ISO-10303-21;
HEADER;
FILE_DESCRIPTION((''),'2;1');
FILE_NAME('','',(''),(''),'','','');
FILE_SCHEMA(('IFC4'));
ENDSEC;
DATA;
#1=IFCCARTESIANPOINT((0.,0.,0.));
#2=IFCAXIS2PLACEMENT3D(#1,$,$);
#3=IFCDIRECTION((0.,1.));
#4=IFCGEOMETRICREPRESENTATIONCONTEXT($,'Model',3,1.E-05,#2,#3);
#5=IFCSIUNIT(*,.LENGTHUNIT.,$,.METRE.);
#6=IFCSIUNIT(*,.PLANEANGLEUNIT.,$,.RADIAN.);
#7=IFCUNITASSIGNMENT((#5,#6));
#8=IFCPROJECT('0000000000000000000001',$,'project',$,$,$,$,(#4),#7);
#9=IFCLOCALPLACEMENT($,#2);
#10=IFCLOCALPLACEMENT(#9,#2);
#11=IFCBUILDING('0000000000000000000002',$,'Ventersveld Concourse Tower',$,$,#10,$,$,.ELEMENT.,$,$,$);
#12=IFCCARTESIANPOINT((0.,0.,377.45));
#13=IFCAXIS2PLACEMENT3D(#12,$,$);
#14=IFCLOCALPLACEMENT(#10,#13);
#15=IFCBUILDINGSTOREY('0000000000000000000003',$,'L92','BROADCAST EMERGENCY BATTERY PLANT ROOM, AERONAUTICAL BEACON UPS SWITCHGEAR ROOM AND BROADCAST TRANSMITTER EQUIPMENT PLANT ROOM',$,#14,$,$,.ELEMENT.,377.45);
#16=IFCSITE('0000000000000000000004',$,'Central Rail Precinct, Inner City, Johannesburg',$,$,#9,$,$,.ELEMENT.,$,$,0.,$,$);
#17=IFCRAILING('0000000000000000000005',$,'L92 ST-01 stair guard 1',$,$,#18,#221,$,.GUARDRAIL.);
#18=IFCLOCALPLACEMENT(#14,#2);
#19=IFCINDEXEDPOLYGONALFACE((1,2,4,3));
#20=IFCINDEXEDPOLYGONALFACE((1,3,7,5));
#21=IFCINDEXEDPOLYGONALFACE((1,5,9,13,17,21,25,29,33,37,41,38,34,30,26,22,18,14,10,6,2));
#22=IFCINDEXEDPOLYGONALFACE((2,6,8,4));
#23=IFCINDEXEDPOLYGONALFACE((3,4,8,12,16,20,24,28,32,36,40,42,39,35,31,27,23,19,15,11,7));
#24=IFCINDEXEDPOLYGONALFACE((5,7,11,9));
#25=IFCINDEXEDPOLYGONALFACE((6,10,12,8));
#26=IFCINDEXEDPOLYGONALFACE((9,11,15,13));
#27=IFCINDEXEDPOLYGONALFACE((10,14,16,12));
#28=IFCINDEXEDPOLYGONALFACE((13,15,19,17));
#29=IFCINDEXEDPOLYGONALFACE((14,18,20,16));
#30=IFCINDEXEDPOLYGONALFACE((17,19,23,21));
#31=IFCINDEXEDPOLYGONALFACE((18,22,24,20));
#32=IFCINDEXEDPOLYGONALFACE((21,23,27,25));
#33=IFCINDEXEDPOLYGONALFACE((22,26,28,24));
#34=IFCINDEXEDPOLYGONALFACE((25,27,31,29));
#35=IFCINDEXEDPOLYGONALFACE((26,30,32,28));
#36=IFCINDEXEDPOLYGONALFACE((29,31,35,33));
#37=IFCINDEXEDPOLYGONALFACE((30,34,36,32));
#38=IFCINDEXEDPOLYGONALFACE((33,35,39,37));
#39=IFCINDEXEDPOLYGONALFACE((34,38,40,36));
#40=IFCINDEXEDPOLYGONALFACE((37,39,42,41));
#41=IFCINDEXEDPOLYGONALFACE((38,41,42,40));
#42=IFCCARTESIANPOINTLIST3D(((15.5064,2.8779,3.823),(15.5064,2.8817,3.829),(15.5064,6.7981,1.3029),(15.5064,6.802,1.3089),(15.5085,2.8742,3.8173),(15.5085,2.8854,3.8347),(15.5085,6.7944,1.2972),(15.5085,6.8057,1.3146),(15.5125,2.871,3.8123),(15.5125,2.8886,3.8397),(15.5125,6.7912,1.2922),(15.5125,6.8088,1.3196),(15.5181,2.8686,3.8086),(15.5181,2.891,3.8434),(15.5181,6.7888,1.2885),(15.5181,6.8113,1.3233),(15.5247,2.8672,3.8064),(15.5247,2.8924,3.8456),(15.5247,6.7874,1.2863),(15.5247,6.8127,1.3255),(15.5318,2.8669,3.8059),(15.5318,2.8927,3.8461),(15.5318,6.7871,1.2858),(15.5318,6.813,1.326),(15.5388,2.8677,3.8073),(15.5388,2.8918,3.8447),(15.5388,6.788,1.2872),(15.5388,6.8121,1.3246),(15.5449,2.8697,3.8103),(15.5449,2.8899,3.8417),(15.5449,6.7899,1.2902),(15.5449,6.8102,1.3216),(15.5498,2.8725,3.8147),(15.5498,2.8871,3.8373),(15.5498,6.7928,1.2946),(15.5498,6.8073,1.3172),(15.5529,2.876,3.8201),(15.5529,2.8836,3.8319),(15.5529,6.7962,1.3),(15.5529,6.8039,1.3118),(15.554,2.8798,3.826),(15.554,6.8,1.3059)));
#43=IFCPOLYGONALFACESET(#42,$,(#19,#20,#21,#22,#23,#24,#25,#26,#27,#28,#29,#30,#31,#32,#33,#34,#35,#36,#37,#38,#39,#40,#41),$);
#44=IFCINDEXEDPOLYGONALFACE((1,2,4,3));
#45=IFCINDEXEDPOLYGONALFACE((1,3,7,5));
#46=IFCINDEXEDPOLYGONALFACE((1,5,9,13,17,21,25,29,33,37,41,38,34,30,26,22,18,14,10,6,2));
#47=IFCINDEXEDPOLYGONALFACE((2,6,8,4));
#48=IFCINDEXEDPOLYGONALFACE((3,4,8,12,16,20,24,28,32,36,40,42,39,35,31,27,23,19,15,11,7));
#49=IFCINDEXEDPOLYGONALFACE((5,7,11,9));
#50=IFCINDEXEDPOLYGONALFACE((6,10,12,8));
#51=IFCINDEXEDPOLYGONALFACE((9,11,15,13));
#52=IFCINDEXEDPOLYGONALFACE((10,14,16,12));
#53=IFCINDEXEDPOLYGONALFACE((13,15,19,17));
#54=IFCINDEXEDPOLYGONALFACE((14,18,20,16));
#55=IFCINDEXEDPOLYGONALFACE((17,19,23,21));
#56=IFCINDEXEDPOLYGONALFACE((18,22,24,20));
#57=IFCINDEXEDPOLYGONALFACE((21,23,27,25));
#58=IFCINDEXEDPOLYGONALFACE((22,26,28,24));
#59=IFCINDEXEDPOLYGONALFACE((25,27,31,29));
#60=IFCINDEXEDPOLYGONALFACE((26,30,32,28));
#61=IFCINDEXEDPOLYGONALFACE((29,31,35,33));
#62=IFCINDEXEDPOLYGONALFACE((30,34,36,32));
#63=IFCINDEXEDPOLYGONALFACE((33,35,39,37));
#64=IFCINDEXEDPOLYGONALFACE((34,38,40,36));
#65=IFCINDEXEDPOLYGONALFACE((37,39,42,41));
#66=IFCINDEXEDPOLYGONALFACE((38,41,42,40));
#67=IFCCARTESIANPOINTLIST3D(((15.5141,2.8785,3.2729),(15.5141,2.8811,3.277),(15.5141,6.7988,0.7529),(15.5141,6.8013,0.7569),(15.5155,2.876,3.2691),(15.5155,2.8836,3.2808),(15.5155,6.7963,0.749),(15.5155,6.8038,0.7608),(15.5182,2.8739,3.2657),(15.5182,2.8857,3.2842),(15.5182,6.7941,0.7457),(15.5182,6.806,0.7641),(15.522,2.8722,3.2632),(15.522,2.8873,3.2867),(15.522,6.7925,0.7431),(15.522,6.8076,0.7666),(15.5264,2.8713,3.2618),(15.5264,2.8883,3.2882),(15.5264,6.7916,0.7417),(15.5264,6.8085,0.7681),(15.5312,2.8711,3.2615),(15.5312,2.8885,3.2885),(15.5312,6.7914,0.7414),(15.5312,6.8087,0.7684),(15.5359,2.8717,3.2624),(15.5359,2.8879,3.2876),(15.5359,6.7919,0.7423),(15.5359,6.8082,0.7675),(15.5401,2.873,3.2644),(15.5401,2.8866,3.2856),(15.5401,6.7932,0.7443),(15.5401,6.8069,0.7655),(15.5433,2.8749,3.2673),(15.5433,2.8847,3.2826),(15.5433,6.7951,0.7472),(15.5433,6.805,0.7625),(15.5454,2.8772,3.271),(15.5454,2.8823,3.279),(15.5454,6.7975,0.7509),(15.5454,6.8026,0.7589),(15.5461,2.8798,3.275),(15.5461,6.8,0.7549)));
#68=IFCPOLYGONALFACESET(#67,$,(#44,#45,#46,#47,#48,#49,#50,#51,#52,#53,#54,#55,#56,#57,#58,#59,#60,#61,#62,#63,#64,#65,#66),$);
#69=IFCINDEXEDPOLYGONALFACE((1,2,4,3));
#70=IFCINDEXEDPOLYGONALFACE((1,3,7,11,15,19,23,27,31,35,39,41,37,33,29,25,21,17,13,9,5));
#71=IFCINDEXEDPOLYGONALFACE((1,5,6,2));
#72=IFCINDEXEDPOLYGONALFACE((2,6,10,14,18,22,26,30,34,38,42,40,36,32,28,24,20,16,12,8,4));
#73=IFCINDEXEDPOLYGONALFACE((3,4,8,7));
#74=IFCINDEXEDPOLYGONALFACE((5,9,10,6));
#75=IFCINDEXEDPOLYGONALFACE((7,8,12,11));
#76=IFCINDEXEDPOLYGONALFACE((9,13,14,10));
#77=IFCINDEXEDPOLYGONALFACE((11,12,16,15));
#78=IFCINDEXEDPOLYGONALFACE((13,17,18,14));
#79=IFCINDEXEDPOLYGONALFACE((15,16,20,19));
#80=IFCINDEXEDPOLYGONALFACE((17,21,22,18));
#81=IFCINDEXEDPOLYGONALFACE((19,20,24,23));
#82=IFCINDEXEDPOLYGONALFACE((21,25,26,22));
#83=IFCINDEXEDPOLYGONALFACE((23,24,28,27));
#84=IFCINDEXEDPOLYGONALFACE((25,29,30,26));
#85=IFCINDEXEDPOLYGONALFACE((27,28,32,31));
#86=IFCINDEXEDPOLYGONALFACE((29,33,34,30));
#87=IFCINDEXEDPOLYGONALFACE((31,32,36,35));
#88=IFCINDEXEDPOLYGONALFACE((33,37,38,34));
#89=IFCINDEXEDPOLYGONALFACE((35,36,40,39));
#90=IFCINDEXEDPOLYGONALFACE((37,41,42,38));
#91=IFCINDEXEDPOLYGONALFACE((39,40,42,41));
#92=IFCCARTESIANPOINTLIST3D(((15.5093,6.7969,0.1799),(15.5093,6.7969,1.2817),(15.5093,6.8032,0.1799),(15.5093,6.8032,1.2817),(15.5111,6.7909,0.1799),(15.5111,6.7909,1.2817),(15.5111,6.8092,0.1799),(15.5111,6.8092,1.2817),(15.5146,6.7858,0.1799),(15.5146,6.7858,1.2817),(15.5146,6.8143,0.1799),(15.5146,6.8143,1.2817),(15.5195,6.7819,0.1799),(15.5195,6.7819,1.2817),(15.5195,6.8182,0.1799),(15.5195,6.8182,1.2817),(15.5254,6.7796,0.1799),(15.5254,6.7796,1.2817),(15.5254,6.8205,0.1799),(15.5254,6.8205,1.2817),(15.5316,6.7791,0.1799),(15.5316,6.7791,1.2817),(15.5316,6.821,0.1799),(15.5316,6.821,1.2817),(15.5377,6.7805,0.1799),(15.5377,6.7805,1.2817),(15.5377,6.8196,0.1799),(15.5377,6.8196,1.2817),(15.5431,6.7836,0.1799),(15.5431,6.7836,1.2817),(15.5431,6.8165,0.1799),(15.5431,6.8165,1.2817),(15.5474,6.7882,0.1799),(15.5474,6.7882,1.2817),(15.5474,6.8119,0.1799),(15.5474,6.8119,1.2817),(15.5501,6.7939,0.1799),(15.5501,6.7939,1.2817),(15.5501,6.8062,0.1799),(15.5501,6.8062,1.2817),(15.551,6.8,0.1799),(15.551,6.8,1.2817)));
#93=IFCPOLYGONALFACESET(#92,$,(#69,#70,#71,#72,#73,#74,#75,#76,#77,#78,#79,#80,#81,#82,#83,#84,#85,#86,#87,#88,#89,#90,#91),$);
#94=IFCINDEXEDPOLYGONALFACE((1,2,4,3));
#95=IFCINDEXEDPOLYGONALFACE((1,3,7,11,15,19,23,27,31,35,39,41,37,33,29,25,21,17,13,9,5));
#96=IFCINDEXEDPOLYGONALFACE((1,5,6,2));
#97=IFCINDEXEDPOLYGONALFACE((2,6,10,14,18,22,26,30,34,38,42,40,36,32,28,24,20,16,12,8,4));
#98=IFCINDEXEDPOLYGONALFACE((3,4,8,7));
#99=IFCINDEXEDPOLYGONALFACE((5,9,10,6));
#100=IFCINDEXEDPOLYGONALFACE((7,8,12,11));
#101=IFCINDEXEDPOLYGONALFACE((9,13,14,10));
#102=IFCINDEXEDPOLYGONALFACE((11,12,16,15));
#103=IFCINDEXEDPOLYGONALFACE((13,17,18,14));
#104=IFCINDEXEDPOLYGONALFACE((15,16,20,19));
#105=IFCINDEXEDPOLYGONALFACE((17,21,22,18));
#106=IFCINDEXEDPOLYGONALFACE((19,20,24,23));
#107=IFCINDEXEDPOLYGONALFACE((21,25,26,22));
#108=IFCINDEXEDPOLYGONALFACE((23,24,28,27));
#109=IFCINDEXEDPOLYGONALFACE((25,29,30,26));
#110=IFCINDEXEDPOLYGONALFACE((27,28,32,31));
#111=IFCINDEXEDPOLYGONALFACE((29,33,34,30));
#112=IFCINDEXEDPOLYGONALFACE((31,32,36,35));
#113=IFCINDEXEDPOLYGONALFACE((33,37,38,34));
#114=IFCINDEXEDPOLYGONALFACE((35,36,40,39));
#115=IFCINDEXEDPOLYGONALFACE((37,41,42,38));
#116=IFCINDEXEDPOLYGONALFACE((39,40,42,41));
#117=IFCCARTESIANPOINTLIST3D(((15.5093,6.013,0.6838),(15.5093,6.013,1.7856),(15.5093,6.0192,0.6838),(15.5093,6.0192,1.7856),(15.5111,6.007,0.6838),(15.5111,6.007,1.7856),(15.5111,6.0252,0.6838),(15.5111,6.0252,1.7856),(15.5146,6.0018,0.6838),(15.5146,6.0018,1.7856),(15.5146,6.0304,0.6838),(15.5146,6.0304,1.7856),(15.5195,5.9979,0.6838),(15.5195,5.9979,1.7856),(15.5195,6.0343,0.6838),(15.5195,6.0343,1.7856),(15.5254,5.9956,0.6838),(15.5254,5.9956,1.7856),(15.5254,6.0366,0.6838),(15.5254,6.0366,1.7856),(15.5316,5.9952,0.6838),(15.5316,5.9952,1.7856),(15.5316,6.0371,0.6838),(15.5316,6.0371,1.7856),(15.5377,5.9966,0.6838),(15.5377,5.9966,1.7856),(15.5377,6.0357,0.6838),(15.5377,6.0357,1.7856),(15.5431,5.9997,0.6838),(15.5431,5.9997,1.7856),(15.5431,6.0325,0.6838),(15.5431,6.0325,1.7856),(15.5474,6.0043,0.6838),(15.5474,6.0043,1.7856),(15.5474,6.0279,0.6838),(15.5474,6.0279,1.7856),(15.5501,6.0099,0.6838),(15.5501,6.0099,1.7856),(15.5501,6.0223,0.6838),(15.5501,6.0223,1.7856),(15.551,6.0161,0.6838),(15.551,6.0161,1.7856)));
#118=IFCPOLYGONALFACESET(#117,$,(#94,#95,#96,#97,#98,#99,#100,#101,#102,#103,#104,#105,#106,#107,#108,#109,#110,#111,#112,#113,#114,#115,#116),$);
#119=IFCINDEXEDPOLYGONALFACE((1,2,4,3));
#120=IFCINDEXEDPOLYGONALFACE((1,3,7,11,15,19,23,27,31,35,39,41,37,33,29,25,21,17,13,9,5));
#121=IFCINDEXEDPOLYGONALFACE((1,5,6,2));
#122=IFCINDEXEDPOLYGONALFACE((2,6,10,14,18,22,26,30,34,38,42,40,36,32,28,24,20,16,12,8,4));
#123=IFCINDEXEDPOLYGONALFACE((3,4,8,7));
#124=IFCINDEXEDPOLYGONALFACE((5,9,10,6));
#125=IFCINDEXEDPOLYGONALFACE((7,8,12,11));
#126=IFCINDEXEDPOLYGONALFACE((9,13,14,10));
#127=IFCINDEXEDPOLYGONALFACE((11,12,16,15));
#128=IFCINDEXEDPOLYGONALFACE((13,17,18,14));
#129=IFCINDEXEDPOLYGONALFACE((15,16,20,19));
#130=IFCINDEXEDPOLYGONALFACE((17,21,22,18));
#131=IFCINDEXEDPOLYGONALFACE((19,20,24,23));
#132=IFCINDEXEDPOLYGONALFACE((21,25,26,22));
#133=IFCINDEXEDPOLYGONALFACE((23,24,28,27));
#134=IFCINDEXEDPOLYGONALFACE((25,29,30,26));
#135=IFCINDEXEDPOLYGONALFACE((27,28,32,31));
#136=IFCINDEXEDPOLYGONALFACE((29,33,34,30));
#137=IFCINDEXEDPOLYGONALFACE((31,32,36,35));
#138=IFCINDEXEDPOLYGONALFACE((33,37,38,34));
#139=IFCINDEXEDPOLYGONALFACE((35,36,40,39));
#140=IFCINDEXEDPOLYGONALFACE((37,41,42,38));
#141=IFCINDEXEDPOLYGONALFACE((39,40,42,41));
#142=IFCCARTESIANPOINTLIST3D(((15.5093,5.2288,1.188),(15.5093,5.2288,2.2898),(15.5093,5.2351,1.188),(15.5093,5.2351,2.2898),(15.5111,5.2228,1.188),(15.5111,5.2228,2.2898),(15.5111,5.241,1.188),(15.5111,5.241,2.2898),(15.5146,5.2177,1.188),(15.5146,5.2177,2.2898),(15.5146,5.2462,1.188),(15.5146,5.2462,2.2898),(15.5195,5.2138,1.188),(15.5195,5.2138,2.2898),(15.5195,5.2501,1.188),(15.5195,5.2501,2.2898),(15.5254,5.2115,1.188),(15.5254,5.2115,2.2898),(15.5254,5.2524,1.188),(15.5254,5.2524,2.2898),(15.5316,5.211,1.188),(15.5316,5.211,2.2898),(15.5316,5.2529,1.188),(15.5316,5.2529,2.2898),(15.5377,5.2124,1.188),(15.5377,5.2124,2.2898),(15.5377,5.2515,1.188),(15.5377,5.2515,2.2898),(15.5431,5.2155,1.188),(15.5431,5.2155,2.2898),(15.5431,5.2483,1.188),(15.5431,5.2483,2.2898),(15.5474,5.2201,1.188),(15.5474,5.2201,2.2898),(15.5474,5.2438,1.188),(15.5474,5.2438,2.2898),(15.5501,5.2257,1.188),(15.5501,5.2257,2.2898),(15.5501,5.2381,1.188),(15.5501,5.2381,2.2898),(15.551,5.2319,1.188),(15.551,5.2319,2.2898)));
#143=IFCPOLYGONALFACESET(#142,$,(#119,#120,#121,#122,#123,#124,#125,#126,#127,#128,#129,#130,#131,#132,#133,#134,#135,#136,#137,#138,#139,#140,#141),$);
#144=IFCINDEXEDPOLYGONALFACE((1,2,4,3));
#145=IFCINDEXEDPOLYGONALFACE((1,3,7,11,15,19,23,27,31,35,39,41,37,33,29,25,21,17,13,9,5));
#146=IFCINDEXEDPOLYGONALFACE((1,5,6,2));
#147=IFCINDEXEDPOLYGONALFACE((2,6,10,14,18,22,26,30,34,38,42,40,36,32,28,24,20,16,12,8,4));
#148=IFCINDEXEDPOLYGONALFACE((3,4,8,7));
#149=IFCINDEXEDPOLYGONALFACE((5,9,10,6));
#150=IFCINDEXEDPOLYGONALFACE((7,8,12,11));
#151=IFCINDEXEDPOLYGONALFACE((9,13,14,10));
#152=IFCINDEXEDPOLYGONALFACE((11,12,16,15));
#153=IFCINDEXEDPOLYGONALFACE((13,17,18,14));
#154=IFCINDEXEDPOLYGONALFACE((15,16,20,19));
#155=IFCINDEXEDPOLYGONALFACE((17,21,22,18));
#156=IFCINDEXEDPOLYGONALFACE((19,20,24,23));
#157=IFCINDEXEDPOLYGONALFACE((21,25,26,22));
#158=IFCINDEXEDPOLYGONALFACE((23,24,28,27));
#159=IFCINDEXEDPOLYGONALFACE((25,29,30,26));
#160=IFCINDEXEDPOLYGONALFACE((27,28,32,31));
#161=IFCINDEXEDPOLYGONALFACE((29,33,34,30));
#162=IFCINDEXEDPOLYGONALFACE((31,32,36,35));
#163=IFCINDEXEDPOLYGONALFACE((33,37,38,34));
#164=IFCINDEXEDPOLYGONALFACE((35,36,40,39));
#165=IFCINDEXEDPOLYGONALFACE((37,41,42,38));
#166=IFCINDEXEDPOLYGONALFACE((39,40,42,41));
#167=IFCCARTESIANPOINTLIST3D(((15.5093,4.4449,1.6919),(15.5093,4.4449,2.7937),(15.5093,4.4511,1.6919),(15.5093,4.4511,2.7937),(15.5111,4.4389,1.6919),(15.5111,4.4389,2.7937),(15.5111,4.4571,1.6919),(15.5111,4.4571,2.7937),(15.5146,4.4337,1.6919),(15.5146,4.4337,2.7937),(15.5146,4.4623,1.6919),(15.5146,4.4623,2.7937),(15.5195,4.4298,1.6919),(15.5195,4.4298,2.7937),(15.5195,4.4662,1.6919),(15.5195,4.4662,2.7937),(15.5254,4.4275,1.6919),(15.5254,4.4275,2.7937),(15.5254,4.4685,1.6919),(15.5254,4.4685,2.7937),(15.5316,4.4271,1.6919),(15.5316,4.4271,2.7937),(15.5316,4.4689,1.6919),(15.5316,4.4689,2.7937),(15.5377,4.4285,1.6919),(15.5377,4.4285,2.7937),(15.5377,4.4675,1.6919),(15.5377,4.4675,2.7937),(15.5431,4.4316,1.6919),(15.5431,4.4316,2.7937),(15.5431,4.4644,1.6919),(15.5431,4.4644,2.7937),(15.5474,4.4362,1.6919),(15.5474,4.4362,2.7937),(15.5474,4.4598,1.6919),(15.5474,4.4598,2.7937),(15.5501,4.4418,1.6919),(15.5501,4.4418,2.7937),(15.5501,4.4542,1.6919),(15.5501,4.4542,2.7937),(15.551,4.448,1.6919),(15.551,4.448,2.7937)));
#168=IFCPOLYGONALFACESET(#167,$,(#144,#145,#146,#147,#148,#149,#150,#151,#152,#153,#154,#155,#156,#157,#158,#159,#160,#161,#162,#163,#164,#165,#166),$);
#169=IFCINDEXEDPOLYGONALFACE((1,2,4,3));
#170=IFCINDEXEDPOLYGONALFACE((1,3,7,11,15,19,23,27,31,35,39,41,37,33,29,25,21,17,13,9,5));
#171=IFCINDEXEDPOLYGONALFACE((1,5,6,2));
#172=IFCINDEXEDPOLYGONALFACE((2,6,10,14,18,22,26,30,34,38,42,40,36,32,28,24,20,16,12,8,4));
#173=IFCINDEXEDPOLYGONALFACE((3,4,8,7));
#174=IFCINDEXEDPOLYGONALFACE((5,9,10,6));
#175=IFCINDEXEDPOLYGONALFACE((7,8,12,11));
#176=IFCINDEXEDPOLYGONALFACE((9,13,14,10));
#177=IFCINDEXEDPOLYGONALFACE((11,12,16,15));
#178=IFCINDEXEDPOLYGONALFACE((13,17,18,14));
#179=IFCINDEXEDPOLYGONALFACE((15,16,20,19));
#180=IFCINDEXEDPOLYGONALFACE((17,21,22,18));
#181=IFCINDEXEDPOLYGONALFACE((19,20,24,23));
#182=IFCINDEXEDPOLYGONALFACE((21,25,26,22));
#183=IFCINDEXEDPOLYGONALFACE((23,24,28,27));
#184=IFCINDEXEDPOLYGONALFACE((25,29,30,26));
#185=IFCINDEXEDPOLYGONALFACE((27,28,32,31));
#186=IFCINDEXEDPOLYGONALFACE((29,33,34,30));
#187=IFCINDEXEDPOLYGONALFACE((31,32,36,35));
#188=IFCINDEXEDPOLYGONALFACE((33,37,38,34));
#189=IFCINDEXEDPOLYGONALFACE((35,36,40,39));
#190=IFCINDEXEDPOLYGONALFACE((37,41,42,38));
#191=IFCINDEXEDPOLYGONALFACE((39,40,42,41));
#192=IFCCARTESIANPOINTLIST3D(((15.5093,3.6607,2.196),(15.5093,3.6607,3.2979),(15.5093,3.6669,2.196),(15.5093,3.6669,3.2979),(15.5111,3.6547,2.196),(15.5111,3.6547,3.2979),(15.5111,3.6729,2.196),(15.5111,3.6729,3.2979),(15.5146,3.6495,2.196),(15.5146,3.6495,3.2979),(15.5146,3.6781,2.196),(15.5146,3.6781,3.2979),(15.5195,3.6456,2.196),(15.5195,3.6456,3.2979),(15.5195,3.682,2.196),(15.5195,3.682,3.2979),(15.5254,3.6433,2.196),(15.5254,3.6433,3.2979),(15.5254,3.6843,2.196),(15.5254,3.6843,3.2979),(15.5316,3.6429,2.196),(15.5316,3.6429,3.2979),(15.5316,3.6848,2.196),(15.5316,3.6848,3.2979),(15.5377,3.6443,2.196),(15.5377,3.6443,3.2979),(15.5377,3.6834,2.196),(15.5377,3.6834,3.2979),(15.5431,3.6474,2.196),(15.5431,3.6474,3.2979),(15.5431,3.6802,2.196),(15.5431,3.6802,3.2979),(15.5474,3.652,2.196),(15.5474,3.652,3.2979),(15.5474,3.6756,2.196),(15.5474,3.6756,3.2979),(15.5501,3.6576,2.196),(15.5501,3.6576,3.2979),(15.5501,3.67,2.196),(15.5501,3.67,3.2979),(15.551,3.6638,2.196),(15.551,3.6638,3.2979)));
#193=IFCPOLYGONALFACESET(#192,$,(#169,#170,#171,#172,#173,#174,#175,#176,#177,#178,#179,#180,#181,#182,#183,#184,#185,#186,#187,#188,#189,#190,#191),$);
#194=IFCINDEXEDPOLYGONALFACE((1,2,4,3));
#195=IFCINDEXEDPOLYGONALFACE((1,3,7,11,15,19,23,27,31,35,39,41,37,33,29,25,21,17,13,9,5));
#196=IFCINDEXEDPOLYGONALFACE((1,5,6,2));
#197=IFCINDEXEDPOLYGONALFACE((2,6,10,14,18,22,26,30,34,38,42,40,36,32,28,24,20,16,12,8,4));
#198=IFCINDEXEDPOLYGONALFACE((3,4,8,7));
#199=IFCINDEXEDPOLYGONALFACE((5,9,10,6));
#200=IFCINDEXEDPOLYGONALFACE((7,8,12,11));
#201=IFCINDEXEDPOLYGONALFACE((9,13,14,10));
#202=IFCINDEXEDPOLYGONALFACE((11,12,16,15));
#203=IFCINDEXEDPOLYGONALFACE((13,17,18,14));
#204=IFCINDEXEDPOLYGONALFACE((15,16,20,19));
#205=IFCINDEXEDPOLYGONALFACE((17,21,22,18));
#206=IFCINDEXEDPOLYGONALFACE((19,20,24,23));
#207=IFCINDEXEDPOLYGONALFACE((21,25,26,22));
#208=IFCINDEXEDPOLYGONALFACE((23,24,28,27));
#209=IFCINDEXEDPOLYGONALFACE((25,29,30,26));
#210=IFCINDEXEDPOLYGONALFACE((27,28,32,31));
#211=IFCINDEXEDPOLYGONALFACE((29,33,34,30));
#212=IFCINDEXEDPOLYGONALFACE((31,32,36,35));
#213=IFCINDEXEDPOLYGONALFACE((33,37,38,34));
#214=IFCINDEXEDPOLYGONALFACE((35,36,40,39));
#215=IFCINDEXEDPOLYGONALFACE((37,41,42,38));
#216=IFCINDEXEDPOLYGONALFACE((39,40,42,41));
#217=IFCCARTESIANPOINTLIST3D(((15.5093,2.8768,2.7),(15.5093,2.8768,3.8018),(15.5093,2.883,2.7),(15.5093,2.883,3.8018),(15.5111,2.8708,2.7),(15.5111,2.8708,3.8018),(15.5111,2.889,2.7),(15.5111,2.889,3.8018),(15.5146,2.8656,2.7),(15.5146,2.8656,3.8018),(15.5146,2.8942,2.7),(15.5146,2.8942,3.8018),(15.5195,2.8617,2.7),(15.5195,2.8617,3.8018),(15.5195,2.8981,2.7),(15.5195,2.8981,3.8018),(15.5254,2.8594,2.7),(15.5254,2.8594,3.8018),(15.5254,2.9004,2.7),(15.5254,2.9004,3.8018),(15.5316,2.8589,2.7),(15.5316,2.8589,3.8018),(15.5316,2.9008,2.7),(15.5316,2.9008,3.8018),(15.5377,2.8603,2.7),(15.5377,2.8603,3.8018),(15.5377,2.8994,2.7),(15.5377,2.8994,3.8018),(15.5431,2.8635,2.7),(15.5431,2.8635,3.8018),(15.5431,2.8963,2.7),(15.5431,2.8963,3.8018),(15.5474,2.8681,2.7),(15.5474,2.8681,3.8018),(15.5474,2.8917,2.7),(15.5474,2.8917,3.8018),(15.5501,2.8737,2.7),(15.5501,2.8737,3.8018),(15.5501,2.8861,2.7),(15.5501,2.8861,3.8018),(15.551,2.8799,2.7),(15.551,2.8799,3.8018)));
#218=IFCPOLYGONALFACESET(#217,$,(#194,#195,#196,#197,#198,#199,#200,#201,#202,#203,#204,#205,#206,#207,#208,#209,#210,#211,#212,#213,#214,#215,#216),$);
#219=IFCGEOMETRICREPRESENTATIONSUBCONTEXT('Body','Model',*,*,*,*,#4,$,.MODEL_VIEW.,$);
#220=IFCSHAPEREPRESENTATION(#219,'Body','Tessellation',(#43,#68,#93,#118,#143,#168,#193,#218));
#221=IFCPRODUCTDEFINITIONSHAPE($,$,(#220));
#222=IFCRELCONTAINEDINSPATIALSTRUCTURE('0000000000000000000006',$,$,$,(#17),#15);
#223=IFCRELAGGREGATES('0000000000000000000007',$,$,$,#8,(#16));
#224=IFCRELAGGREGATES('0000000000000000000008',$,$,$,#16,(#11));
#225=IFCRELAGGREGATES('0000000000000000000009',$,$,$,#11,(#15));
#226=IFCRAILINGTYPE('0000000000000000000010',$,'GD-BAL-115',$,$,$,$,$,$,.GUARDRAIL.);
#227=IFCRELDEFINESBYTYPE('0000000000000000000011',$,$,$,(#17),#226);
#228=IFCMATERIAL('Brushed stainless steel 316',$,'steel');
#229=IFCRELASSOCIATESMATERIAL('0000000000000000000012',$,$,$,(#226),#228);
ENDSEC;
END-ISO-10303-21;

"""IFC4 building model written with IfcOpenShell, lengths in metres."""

from ifc_helpers import new_model, si_unit, direction, frame, origin, origin_2d, place, context, subcontext, project, spatial, circle, extrude, material, type_object, element, save


model = new_model("IFC4")

# Units and contexts
model_context = context("Model", 3, precision=1e-05, world=origin(), true_north=direction((0.0, 1.0)))
body_context = subcontext(model_context, "Body", "Model", "MODEL_VIEW")
ifc_project = project(units=[si_unit("LENGTHUNIT", "METRE"), si_unit("PLANEANGLEUNIT", "RADIAN")], contexts=[model_context])

# Site, building, storey
site_placement = place(None, origin())
site = spatial("IfcSite", under=ifc_project, at=site_placement, Name="Central Rail Precinct, Inner City, Johannesburg", CompositionType="ELEMENT", RefElevation=0.0)
building_placement = place(site_placement, origin())
building = spatial("IfcBuilding", under=site, at=building_placement, Name="Ventersveld Concourse Tower", CompositionType="ELEMENT")
storey_placement = place(building_placement, frame((0.0, 0.0, 377.45)))
storey = spatial("IfcBuildingStorey", under=building, at=storey_placement, Name="L92", Description="BROADCAST EMERGENCY BATTERY PLANT ROOM, AERONAUTICAL BEACON UPS SWITCHGEAR ROOM AND BROADCAST TRANSMITTER EQUIPMENT PLANT ROOM", CompositionType="ELEMENT", Elevation=377.45)

# Railing
ifc_material_1 = material(Name="Brushed stainless steel 316", Category="steel")
railing_type = type_object("IfcRailingType", Name="GD-BAL-115", PredefinedType="GUARDRAIL", material=ifc_material_1)
railing_1_placement = place(storey_placement, frame((15.53, 6.8, 0.1799)))
element("IfcRailing", 1, at=railing_1_placement, inside=storey, type_object=railing_type, Name="L92 ST-01 stair guard 1", PredefinedType="GUARDRAIL", context=body_context, shape_type="SweptSolid", body=[
    extrude(circle(Radius=0.0239, at=origin_2d()), frame((0.0, 0.0, 1.126), z_axis=(0.0, -0.841187, 0.540744), x_axis=(1.0, 0.0, 0.0)), (0.0, 0.0, 1.0), 4.6604),
    extrude(circle(Radius=0.0161, at=origin_2d()), frame((0.0, 0.0, 0.575), z_axis=(0.0, -0.841187, 0.540744), x_axis=(1.0, 0.0, 0.0)), (0.0, 0.0, 1.0), 4.6604),
    extrude(circle(Radius=0.021, at=origin_2d()), origin(), (0.0, 0.0, 1.0), 1.1018),
    extrude(circle(Radius=0.021, at=origin_2d()), frame((0.0, -0.7839, 0.5039)), (0.0, 0.0, 1.0), 1.1018),
    extrude(circle(Radius=0.021, at=origin_2d()), frame((0.0, -1.5681, 1.0081)), (0.0, 0.0, 1.0), 1.1018),
    extrude(circle(Radius=0.021, at=origin_2d()), frame((0.0, -2.3521, 1.512)), (0.0, 0.0, 1.0), 1.1018),
    extrude(circle(Radius=0.021, at=origin_2d()), frame((0.0, -3.1362, 2.0161)), (0.0, 0.0, 1.0), 1.1018),
    extrude(circle(Radius=0.021, at=origin_2d()), frame((0.0, -3.9202, 2.52)), (0.0, 0.0, 1.0), 1.1018),
])

save(model, "model.ifc")
